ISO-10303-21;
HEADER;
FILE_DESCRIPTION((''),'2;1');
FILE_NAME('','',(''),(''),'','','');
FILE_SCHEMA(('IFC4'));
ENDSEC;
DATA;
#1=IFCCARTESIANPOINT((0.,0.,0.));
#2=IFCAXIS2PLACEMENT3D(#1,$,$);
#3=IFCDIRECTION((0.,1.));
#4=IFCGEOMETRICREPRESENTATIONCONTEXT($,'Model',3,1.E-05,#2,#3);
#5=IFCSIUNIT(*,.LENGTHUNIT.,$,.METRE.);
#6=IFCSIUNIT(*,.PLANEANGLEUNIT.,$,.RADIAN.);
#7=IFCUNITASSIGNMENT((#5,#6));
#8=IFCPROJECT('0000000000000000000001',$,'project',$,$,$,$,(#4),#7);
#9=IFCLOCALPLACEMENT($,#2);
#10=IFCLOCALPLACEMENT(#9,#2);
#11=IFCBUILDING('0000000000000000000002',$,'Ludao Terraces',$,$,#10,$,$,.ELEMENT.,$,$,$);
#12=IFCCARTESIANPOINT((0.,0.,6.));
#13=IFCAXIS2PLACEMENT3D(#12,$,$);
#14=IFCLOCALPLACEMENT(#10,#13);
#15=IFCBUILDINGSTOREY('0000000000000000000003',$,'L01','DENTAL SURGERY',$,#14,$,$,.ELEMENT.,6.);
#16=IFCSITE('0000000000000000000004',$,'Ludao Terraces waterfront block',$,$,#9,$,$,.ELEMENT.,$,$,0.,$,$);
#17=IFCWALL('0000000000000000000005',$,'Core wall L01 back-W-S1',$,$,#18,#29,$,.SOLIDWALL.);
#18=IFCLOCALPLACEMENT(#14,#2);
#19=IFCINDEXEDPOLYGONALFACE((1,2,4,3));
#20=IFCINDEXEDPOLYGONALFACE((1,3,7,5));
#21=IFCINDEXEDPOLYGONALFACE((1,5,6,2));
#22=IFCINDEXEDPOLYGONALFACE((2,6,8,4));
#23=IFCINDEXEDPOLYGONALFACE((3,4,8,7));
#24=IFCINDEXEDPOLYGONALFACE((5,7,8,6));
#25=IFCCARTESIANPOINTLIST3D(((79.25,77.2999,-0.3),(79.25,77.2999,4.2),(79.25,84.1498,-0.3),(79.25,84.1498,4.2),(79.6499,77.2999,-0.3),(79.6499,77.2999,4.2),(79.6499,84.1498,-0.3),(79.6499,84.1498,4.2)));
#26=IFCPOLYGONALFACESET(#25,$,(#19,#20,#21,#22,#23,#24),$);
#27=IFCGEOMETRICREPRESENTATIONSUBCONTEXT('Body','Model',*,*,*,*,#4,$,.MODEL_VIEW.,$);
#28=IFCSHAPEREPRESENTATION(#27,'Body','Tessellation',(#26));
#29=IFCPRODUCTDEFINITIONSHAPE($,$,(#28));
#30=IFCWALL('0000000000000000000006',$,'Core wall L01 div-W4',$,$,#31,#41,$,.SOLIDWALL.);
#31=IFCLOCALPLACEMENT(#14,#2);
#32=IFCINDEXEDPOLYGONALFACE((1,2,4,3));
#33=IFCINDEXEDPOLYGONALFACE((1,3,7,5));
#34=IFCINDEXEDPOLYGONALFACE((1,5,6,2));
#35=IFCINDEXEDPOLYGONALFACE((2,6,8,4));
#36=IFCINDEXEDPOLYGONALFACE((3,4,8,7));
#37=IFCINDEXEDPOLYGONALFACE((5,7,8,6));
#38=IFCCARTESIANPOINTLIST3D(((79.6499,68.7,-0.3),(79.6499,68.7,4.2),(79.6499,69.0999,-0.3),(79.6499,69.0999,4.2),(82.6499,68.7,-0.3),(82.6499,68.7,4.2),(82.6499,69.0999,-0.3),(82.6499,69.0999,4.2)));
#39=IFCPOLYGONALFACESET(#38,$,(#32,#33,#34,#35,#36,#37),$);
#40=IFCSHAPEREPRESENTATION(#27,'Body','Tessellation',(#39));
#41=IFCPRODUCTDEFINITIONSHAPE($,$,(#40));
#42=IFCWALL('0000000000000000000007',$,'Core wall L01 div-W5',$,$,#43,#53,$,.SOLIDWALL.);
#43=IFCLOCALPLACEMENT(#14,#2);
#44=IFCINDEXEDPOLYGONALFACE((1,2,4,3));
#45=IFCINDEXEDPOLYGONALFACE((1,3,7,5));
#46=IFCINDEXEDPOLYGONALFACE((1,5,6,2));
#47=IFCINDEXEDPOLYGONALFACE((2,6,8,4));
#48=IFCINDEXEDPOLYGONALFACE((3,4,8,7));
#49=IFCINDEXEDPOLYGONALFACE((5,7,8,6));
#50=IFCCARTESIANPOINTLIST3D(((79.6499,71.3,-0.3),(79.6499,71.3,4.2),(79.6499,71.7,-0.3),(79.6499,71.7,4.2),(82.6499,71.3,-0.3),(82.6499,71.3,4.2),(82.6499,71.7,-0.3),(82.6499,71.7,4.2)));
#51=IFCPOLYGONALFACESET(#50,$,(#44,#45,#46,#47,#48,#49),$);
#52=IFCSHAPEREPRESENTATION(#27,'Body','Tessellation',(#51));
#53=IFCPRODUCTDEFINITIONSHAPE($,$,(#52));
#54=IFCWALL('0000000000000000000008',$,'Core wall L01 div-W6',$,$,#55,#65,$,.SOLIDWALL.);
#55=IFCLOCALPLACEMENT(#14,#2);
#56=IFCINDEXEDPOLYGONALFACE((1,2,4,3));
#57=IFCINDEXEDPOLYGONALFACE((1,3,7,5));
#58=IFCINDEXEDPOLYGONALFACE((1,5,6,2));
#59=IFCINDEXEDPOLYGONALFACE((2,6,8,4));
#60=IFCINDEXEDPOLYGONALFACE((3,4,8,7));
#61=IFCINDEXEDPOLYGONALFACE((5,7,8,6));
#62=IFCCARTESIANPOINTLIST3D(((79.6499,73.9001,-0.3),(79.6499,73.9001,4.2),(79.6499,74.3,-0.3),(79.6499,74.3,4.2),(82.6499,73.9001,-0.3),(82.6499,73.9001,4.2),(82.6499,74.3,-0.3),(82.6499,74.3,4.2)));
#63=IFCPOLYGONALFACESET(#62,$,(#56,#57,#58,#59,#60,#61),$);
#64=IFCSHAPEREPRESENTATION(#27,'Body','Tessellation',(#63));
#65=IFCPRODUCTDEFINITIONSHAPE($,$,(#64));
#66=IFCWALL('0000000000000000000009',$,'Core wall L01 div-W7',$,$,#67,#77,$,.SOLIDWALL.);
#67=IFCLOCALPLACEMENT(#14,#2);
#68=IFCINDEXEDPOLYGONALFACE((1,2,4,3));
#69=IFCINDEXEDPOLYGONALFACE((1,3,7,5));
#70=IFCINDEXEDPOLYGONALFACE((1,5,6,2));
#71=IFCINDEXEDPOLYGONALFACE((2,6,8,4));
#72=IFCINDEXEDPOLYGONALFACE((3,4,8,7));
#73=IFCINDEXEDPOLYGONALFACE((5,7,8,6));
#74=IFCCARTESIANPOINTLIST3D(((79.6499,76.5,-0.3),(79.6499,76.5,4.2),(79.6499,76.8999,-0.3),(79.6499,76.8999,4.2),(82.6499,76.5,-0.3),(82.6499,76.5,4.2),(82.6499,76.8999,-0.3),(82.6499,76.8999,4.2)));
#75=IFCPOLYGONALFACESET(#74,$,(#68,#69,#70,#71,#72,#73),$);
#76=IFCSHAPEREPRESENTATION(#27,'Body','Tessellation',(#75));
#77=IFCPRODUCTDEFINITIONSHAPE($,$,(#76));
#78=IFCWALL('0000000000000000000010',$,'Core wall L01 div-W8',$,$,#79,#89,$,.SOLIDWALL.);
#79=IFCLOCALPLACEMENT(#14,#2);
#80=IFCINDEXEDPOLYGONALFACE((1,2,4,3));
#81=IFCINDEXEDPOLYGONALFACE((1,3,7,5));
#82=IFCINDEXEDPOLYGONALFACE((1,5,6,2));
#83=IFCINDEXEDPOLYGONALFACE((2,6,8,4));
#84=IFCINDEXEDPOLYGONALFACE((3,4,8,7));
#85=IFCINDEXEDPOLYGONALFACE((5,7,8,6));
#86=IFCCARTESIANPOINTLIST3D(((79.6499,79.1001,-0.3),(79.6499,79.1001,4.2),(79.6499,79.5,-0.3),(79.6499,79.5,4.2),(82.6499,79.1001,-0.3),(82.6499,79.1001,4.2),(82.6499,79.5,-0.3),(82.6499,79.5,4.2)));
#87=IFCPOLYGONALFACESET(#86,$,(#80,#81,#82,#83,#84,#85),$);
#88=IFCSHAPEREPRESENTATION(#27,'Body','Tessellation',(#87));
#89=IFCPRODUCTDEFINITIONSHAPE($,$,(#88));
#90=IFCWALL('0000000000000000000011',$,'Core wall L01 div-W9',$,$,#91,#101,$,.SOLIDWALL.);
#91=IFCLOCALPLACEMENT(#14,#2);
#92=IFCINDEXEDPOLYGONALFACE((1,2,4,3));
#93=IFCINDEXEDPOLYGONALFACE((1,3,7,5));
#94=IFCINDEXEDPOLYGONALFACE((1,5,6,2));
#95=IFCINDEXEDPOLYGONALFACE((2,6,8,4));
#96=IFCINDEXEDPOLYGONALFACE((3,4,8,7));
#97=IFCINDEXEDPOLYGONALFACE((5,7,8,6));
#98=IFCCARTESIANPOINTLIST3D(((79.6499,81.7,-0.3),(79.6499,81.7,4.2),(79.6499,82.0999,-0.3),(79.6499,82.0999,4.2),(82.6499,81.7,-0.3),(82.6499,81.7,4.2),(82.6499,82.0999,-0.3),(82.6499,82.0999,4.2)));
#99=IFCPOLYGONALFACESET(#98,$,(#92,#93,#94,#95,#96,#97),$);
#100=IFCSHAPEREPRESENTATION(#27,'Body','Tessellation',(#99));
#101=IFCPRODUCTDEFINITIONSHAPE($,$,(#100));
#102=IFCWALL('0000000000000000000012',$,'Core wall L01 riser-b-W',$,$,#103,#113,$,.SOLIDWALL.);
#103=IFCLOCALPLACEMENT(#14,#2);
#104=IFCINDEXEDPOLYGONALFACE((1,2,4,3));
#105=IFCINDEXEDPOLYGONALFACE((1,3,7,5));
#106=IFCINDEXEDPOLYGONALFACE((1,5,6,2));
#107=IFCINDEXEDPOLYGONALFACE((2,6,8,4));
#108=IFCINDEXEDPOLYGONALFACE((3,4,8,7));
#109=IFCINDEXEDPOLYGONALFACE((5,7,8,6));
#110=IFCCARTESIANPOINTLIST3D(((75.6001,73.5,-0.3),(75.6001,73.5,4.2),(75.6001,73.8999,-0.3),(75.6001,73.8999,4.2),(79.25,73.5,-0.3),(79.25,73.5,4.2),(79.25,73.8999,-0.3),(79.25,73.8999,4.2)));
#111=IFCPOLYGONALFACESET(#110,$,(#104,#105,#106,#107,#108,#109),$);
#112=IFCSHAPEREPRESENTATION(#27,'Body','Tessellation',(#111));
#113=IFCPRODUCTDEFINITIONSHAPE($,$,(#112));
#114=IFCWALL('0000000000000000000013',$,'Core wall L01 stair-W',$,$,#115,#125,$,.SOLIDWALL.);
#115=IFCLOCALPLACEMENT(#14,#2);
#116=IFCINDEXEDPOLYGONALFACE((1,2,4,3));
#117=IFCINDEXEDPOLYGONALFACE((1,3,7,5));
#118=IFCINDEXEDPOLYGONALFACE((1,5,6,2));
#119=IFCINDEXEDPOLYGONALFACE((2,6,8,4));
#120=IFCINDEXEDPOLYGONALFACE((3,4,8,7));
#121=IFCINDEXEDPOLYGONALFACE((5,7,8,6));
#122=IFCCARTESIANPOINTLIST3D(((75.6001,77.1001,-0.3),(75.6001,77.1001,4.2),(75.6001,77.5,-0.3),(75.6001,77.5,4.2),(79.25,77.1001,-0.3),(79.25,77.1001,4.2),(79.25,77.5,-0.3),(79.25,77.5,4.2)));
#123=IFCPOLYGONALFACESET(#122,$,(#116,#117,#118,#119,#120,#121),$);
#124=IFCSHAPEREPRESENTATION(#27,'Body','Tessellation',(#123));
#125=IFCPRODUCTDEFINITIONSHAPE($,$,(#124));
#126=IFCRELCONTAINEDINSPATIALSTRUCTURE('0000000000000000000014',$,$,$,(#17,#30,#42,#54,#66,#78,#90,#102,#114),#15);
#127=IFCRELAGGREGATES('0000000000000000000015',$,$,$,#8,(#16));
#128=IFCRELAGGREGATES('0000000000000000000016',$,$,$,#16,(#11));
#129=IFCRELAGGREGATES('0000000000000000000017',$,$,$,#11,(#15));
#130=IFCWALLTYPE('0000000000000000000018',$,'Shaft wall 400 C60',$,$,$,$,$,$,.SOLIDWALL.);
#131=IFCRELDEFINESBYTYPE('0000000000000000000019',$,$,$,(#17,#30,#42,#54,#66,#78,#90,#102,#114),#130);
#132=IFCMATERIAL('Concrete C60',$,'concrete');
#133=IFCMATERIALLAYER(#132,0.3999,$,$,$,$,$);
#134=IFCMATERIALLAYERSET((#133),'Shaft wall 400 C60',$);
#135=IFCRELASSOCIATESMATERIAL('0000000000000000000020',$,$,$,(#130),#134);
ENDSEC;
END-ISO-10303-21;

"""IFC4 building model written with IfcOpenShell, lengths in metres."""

from ifc_helpers import new_model, si_unit, direction, frame, frame_2d, origin, place, context, subcontext, project, spatial, rectangle, extrude, material, layer, layer_set, type_object, element, save


model = new_model("IFC4")

# Units and contexts
model_context = context("Model", 3, precision=1e-05, world=origin(), true_north=direction((0.0, 1.0)))
body_context = subcontext(model_context, "Body", "Model", "MODEL_VIEW")
ifc_project = project(units=[si_unit("LENGTHUNIT", "METRE"), si_unit("PLANEANGLEUNIT", "RADIAN")], contexts=[model_context])

# Site, building, storey
site_placement = place(None, origin())
site = spatial("IfcSite", under=ifc_project, at=site_placement, Name="Ludao Terraces waterfront block", CompositionType="ELEMENT", RefElevation=0.0)
building_placement = place(site_placement, origin())
building = spatial("IfcBuilding", under=site, at=building_placement, Name="Ludao Terraces", CompositionType="ELEMENT")
storey_placement = place(building_placement, frame((0.0, 0.0, 6.0)))
storey = spatial("IfcBuildingStorey", under=building, at=storey_placement, Name="L01", Description="DENTAL SURGERY", CompositionType="ELEMENT", Elevation=6.0)

# Shared definitions
ifc_material_1 = material(Name="Concrete C60", Category="concrete")

# Walls
ifc_layer_1 = layer(ifc_material_1, 0.3999)
ifc_layer_set_1 = layer_set([ifc_layer_1], Name="Shaft wall 400 C60")
wall_type_1 = type_object("IfcWallType", Name="Shaft wall 400 C60", PredefinedType="SOLIDWALL", material=ifc_layer_set_1)
wall_1_placement = place(storey_placement, frame((79.45, 77.3, -0.3), z_axis=(0.0, 0.0, 1.0), x_axis=(0.0, 1.0, 0.0)))
element("IfcWall", 1, at=wall_1_placement, inside=storey, type_object=wall_type_1, Name="Core wall L01 back-W-S1", PredefinedType="SOLIDWALL", context=body_context, shape_type="SweptSolid", body=[
    extrude(rectangle(XDim=6.8499, YDim=0.3999, at=frame_2d((3.4248, 0.0))), origin(), (0.0, 0.0, 1.0), 4.5),
])
for number, where, z_axis, x_axis, name in (
    (2, (79.6499, 68.8999, -0.3), (0.0, 0.0, 1.0), (1.0, 0.0, 0.0), "Core wall L01 div-W4"),
    (3, (79.6499, 71.5, -0.3), (0.0, 0.0, 1.0), (1.0, 0.0, 0.0), "Core wall L01 div-W5"),
    (4, (79.6499, 74.1001, -0.3), (0.0, 0.0, 1.0), (1.0, 0.0, 0.0), "Core wall L01 div-W6"),
    (5, (79.6499, 76.7, -0.3), (0.0, 0.0, 1.0), (1.0, 0.0, 0.0), "Core wall L01 div-W7"),
    (6, (79.6499, 79.3, -0.3), (0.0, 0.0, 1.0), (1.0, 0.0, 0.0), "Core wall L01 div-W8"),
    (7, (79.6499, 81.8999, -0.3), (0.0, 0.0, 1.0), (1.0, 0.0, 0.0), "Core wall L01 div-W9"),
):
    element("IfcWall", number, at=place(storey_placement, frame(where, z_axis=z_axis, x_axis=x_axis)), inside=storey, type_object=wall_type_1, Name=name, PredefinedType="SOLIDWALL", context=body_context, shape_type="SweptSolid", body=[
        extrude(rectangle(XDim=3.0, YDim=0.3999, at=frame_2d((1.5, 0.0))), origin(), (0.0, 0.0, 1.0), 4.5),
    ])
for number, where, z_axis, x_axis, name in (
    (8, (75.6001, 73.7, -0.3), (0.0, 0.0, 1.0), (1.0, 0.0, 0.0), "Core wall L01 riser-b-W"),
    (9, (75.6001, 77.3, -0.3), (0.0, 0.0, 1.0), (1.0, 0.0, 0.0), "Core wall L01 stair-W"),
):
    element("IfcWall", number, at=place(storey_placement, frame(where, z_axis=z_axis, x_axis=x_axis)), inside=storey, type_object=wall_type_1, Name=name, PredefinedType="SOLIDWALL", context=body_context, shape_type="SweptSolid", body=[
        extrude(rectangle(XDim=3.6499, YDim=0.3999, at=frame_2d((1.825, 0.0))), origin(), (0.0, 0.0, 1.0), 4.5),
    ])

save(model, "model.ifc")
